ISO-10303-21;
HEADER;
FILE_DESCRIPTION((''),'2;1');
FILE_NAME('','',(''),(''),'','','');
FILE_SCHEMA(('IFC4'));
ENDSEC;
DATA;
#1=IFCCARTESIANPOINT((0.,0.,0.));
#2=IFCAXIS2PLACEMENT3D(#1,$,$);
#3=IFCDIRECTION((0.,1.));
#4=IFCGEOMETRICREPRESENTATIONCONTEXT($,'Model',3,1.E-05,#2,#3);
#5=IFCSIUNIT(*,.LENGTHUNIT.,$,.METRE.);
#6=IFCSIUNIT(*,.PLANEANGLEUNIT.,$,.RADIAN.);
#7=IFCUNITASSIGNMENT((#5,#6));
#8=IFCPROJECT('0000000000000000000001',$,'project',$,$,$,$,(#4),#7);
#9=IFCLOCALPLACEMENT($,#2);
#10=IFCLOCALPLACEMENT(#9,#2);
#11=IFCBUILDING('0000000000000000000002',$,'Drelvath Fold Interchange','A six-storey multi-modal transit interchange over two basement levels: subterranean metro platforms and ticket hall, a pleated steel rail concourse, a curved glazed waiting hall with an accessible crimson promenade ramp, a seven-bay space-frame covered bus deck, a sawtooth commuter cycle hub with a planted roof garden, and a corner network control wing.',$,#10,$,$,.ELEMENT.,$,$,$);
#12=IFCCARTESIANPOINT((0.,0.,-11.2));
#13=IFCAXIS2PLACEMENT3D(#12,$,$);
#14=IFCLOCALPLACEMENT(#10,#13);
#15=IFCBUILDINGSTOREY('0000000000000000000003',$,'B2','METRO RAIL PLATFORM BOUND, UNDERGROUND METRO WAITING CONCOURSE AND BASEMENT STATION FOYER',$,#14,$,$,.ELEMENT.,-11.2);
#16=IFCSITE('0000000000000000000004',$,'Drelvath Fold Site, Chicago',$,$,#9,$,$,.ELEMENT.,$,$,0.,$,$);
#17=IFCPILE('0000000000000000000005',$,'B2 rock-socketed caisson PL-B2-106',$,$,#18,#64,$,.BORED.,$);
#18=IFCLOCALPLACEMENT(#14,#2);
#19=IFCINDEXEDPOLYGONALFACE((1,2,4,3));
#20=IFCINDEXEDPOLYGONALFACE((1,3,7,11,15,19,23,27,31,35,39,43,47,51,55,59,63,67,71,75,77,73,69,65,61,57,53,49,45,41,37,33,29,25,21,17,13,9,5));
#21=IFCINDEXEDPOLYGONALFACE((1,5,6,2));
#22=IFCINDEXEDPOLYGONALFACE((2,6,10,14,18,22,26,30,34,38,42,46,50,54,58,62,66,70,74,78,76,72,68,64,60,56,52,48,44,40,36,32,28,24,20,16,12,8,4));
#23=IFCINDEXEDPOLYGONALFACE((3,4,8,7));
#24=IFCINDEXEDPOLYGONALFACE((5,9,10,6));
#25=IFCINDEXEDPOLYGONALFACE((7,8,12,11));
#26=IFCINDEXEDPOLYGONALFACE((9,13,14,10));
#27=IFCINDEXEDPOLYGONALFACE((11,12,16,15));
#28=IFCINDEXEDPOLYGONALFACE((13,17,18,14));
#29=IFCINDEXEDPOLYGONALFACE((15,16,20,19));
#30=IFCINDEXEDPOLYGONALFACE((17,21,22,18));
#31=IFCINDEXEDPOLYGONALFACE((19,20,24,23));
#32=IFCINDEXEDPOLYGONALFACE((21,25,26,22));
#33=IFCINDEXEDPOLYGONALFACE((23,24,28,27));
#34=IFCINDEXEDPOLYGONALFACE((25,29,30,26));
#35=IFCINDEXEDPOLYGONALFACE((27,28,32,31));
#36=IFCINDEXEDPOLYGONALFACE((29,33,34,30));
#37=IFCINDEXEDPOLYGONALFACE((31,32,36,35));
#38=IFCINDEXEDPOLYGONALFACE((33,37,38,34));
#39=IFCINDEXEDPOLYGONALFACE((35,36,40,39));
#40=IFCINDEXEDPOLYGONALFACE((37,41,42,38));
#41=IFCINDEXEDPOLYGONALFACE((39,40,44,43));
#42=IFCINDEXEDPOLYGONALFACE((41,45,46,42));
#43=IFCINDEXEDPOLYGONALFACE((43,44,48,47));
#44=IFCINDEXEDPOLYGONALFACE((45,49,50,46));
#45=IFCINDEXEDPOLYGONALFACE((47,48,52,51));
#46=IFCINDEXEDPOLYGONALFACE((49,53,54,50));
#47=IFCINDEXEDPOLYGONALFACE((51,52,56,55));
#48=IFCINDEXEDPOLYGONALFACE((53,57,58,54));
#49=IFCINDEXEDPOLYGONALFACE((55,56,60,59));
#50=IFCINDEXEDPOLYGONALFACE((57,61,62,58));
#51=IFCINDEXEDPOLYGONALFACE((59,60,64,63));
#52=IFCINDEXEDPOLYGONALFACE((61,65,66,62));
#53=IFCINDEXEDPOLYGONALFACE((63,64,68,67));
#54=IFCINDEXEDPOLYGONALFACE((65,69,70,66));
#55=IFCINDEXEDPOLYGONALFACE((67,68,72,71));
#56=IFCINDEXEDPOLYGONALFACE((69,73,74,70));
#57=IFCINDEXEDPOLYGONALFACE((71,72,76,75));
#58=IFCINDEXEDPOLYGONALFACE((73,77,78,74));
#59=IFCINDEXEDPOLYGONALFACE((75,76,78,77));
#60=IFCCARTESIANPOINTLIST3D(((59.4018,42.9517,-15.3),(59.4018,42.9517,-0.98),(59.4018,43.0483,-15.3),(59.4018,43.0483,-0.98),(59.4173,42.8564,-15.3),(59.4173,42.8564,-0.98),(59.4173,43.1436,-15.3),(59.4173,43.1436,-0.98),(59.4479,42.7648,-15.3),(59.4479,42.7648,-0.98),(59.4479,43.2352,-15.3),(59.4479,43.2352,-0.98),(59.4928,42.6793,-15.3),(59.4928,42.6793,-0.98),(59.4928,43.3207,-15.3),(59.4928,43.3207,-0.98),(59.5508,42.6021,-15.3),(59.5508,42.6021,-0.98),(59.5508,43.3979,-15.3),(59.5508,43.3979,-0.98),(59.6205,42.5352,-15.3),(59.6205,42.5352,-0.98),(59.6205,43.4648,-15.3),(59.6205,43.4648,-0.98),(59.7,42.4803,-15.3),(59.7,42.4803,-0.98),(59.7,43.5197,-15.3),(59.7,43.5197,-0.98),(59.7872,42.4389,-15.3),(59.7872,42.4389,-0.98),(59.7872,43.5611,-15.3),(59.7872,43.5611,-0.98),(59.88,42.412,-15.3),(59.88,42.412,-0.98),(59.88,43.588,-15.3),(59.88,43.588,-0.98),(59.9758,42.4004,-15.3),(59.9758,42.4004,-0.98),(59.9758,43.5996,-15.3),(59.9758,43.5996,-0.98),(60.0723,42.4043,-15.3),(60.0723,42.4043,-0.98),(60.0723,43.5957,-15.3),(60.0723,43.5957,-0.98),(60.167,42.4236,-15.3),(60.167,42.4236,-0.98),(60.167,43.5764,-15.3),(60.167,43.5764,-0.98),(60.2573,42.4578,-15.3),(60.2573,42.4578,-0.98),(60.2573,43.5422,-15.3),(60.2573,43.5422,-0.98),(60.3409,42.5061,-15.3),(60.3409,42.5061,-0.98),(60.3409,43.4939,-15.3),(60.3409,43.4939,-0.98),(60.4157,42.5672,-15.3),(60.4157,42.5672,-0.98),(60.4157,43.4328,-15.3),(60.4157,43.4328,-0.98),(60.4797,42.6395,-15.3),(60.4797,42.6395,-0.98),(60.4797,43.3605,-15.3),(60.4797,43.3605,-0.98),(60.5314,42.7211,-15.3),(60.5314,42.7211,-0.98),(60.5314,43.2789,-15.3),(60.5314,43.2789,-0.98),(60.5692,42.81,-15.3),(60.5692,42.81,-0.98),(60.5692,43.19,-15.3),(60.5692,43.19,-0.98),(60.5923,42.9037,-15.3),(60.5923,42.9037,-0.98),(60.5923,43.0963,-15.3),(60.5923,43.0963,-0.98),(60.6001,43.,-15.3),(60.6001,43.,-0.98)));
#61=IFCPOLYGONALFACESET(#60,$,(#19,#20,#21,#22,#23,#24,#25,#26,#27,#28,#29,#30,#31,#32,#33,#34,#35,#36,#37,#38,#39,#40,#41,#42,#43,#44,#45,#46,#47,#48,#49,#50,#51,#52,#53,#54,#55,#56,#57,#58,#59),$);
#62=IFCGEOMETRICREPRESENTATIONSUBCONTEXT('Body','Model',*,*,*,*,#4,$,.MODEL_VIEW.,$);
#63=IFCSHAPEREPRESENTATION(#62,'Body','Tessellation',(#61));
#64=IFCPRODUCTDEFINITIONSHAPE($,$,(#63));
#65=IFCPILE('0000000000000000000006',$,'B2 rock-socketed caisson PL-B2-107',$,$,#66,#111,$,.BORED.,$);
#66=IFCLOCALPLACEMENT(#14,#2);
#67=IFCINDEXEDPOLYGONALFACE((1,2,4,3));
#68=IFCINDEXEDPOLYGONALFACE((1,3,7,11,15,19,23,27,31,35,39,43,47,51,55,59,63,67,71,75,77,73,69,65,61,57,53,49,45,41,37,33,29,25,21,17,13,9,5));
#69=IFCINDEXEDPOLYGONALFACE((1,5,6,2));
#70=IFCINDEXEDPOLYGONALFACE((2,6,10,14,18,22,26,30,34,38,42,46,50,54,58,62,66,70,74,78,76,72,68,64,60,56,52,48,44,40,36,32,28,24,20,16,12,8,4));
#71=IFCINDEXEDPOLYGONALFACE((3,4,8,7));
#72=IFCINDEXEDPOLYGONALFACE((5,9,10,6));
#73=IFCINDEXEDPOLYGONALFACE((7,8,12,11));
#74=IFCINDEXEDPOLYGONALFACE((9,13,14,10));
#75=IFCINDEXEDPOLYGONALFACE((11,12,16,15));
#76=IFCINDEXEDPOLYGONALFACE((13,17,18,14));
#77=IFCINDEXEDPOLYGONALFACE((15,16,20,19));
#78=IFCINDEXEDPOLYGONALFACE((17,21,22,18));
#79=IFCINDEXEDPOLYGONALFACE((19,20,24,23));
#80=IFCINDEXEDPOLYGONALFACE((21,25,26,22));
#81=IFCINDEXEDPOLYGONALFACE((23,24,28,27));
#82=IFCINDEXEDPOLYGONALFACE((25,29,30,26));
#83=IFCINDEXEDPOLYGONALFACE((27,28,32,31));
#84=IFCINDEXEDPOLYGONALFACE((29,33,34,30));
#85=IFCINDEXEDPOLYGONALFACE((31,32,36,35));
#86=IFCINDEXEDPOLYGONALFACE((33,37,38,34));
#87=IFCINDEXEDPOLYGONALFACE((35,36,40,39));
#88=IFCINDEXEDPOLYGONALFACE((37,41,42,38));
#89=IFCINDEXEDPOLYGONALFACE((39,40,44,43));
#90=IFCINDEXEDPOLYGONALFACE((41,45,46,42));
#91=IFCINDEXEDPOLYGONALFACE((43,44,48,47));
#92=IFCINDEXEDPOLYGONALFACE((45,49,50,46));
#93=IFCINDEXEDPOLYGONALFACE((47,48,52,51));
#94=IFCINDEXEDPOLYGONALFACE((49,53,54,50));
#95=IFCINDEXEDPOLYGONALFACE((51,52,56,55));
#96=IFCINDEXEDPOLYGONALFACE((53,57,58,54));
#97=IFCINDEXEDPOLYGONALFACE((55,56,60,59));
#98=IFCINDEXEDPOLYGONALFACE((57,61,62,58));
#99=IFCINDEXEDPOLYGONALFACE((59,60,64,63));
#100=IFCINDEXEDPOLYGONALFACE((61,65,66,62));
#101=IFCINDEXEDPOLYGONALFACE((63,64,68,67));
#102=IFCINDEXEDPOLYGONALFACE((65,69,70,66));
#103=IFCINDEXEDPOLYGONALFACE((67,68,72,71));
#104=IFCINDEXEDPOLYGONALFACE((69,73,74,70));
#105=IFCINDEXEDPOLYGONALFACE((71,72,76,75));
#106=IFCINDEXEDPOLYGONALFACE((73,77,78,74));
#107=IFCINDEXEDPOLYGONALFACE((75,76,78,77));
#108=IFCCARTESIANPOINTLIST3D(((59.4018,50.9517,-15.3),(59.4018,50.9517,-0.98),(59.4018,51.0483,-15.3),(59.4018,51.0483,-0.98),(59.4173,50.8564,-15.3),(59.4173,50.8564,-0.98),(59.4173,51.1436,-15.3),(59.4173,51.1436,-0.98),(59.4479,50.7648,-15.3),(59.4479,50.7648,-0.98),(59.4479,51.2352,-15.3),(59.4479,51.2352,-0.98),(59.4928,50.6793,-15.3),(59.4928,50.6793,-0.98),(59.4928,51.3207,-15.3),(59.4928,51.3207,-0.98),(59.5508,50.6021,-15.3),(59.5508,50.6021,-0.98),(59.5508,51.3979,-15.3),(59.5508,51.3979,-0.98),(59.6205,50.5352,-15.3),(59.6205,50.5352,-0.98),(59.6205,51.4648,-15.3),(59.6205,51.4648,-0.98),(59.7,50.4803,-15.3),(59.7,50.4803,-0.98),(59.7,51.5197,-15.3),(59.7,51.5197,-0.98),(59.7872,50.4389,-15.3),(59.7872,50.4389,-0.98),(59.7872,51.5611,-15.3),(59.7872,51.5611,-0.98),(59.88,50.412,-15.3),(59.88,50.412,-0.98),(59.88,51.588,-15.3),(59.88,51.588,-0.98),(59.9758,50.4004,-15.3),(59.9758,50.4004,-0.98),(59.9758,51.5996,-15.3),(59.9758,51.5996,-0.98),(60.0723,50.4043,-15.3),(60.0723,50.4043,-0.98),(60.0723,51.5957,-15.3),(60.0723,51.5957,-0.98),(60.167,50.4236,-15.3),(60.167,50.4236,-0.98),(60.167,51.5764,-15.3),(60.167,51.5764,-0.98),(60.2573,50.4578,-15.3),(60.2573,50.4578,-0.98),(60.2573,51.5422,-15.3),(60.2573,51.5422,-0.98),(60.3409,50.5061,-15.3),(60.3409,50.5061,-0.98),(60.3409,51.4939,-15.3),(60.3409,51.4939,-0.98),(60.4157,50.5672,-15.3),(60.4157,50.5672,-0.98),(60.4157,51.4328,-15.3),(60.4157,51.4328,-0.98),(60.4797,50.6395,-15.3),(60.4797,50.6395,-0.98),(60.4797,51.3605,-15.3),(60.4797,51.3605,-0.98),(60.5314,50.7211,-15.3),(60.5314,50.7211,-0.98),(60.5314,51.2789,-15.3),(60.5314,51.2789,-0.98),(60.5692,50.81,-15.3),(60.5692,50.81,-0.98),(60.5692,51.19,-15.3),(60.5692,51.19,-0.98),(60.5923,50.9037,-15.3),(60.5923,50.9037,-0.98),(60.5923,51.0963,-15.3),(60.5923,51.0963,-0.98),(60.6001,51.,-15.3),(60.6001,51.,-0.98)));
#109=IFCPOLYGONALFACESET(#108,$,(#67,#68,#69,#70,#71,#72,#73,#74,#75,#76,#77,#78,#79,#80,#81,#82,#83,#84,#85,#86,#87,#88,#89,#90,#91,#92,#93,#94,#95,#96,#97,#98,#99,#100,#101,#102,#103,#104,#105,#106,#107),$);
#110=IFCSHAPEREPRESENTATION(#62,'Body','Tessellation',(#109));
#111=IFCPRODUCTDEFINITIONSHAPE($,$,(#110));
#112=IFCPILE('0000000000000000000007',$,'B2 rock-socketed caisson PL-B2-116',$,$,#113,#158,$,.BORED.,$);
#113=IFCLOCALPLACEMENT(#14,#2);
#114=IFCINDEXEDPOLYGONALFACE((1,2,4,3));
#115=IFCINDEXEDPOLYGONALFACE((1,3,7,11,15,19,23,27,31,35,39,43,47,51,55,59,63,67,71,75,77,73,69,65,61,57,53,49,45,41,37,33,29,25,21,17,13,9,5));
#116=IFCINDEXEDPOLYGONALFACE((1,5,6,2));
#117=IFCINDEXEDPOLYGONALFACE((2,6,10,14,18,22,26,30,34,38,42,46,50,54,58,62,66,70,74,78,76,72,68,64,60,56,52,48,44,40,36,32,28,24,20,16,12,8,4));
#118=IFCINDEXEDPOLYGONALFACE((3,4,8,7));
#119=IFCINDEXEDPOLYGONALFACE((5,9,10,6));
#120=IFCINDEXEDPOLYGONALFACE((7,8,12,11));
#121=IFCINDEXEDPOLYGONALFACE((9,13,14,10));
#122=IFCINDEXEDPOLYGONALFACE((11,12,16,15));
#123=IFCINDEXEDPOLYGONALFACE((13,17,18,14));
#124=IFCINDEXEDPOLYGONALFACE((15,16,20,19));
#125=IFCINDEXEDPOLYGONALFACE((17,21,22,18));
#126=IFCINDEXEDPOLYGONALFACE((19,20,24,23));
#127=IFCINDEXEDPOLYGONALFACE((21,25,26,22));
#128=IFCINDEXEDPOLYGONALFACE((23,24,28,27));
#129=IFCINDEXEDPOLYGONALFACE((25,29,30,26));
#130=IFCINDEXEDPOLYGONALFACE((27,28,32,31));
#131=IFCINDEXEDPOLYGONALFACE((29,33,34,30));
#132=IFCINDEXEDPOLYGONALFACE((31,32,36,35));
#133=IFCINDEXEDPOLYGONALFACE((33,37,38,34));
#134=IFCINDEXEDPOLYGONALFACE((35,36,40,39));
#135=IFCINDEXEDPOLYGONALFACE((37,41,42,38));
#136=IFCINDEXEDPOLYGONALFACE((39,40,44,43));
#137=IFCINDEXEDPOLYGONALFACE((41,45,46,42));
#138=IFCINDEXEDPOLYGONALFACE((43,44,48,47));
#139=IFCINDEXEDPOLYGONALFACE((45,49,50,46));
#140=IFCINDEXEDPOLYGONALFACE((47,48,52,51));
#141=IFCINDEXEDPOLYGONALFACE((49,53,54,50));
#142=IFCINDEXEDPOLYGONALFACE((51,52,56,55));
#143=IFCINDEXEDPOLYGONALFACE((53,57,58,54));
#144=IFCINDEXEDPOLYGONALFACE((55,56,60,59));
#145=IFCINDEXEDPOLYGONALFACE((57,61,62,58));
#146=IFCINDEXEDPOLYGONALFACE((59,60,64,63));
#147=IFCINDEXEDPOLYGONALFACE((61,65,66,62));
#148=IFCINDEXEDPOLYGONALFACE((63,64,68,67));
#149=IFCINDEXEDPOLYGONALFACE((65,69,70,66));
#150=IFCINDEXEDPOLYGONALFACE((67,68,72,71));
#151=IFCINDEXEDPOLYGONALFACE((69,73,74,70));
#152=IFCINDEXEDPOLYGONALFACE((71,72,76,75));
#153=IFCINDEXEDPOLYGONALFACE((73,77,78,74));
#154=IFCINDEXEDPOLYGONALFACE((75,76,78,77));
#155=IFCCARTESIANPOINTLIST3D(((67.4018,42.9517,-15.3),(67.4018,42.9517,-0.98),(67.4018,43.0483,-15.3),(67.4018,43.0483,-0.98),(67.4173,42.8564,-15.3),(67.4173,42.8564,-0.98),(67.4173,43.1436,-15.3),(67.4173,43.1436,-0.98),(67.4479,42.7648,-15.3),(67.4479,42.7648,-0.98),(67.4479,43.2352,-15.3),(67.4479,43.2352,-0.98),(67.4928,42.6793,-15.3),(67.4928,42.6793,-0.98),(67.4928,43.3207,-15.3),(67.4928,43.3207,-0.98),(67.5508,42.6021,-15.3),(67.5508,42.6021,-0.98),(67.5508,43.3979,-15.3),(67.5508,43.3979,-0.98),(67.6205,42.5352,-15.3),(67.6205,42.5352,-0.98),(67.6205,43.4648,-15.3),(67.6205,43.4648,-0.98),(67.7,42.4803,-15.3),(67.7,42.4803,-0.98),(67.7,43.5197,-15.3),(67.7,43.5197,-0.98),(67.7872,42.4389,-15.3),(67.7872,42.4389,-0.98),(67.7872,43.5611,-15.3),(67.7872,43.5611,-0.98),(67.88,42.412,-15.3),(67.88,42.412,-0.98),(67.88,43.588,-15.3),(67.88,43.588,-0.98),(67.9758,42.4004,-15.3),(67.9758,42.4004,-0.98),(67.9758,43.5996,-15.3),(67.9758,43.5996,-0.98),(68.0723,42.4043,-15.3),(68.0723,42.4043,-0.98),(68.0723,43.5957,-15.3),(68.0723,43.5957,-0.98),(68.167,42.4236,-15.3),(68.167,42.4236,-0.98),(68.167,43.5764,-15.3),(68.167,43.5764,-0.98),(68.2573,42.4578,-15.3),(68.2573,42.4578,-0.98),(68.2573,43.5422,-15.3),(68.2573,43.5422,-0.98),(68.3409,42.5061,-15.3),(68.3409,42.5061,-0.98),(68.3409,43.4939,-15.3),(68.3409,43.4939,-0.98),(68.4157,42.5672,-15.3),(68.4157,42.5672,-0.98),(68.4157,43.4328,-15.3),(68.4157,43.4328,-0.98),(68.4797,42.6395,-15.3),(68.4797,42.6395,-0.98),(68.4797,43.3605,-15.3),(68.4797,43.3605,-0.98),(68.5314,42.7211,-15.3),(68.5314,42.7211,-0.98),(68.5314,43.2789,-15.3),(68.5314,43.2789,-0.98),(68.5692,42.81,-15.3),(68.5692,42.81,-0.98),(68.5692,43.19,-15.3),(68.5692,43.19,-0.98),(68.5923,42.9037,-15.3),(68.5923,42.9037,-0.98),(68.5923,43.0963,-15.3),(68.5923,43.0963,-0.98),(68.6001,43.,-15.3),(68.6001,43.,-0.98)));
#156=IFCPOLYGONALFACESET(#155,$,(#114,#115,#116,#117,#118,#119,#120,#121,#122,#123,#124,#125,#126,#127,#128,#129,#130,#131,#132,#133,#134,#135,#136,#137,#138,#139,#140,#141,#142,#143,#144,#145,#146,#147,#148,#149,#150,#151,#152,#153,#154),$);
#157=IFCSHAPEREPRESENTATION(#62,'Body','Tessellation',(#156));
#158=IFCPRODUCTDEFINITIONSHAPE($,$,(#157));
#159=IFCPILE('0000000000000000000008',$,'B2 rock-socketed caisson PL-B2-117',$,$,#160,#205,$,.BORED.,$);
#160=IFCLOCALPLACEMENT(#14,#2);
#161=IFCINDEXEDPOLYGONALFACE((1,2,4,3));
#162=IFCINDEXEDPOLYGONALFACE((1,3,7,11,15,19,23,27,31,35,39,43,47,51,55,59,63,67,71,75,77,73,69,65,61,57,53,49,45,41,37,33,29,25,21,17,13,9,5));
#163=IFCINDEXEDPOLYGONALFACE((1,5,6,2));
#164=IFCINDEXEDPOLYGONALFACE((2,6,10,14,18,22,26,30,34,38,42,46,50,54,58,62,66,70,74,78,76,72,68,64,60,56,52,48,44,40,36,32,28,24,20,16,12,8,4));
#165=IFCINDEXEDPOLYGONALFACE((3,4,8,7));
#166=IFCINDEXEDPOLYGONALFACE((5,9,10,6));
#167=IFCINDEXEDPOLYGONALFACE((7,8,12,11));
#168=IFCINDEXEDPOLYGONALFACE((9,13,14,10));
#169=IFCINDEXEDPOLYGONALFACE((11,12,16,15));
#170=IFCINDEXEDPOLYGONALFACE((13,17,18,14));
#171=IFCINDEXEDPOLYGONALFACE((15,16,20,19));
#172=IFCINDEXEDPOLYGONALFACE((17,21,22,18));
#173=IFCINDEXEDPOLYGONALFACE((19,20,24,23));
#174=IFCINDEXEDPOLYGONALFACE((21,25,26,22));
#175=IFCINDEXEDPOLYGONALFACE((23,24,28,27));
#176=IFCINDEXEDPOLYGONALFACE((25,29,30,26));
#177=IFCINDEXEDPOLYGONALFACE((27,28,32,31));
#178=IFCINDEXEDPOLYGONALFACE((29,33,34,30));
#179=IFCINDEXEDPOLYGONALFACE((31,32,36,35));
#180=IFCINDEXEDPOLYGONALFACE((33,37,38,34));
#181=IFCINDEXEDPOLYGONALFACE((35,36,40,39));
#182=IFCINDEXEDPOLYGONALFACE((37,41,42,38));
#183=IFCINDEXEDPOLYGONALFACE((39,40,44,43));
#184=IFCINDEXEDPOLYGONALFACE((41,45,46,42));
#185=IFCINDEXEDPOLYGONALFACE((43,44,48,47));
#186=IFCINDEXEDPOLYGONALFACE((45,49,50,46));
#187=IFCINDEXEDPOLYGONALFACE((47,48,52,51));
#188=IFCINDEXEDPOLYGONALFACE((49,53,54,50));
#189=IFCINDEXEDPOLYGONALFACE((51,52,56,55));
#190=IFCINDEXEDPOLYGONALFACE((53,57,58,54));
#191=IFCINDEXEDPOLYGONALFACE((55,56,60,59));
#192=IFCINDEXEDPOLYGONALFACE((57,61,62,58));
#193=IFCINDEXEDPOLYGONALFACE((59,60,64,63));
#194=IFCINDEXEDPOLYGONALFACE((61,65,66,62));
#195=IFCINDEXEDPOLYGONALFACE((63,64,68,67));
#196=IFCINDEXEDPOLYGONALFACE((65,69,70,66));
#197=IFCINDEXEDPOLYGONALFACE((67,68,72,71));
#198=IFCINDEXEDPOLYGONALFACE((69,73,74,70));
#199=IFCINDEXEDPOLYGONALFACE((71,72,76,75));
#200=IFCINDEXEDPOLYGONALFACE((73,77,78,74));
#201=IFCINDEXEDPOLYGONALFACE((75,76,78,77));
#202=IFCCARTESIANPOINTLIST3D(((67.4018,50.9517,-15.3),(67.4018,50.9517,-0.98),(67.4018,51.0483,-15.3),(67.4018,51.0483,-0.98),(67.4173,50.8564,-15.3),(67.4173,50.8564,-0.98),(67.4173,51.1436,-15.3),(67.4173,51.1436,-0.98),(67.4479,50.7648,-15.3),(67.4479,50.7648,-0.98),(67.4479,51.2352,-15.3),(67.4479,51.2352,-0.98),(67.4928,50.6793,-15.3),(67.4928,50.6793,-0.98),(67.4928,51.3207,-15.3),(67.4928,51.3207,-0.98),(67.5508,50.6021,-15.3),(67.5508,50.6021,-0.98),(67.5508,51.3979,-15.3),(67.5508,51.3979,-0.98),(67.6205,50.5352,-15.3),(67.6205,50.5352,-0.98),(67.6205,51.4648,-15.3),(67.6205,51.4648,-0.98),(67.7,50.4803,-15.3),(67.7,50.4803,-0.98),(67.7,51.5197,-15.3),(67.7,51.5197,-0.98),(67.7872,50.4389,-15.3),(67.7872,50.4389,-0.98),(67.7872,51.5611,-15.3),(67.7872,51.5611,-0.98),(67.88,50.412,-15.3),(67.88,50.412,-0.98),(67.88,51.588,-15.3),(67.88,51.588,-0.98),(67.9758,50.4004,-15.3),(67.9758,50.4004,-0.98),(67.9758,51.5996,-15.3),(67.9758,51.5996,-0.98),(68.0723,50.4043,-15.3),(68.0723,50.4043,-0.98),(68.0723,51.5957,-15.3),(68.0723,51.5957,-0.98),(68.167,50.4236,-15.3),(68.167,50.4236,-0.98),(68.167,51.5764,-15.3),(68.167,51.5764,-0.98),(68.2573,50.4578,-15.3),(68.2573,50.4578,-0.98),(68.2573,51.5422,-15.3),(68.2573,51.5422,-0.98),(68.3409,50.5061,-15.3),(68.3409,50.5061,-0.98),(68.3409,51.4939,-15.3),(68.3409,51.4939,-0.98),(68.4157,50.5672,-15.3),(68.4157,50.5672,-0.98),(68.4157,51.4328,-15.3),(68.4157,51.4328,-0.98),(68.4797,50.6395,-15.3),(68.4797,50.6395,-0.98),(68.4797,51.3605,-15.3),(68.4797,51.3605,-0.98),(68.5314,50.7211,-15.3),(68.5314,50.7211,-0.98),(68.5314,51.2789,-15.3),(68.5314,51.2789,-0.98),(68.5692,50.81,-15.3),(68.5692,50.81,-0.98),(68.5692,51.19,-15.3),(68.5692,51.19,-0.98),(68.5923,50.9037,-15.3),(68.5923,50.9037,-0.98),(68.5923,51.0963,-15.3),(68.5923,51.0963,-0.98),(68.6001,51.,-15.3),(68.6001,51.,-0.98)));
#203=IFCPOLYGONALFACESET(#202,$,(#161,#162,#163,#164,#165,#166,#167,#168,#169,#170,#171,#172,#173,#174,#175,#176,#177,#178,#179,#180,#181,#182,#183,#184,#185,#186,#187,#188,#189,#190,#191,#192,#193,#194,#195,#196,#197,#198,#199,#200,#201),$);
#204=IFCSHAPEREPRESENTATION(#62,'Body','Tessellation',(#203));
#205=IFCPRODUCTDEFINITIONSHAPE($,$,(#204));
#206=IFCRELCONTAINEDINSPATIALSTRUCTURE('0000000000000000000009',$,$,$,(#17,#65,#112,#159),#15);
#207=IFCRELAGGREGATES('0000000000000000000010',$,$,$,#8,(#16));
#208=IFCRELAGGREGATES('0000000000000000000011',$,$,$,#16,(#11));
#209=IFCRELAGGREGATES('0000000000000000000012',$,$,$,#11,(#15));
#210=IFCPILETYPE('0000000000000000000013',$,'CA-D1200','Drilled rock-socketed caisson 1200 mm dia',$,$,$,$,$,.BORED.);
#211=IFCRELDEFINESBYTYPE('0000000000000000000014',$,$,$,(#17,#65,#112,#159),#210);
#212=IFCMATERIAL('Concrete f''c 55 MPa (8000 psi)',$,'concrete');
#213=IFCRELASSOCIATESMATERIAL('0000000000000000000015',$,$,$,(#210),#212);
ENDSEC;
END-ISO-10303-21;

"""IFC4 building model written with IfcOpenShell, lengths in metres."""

from ifc_helpers import new_model, si_unit, direction, frame, origin, origin_2d, place, context, subcontext, project, spatial, circle, extrude, material, material_profile, profile_set, type_object, element, save


model = new_model("IFC4")

# Units and contexts
model_context = context("Model", 3, precision=1e-05, world=origin(), true_north=direction((0.0, 1.0)))
body_context = subcontext(model_context, "Body", "Model", "MODEL_VIEW")
ifc_project = project(units=[si_unit("LENGTHUNIT", "METRE"), si_unit("PLANEANGLEUNIT", "RADIAN")], contexts=[model_context])

# Site, building, storey
site_placement = place(None, origin())
site = spatial("IfcSite", under=ifc_project, at=site_placement, Name="Drelvath Fold Site, Chicago", CompositionType="ELEMENT", RefElevation=0.0)
building_placement = place(site_placement, origin())
building = spatial("IfcBuilding", under=site, at=building_placement, Name="Drelvath Fold Interchange", Description="A six-storey multi-modal transit interchange over two basement levels: subterranean metro platforms and ticket hall, a pleated steel rail concourse, a curved glazed waiting hall with an accessible crimson promenade ramp, a seven-bay space-frame covered bus deck, a sawtooth commuter cycle hub with a planted roof garden, and a corner network control wing.", CompositionType="ELEMENT")
storey_placement = place(building_placement, frame((0.0, 0.0, -11.2)))
storey = spatial("IfcBuildingStorey", under=building, at=storey_placement, Name="B2", Description="METRO RAIL PLATFORM BOUND, UNDERGROUND METRO WAITING CONCOURSE AND BASEMENT STATION FOYER", CompositionType="ELEMENT", Elevation=-11.2)

# Piles
ifc_material_1 = material(Name="Concrete f'c 55 MPa (8000 psi)", Category="concrete")
ifc_material_profile_1 = material_profile(ifc_material_1, circle(Radius=0.6001, at=origin_2d()), Name="CAISSON D1200")
ifc_profile_set_1 = profile_set([ifc_material_profile_1], Name="Concrete f'c 55 MPa (8000 psi)")
pile_type = type_object("IfcPileType", Name="CA-D1200", Description="Drilled rock-socketed caisson 1200 mm dia", PredefinedType="BORED", material=ifc_profile_set_1)
for number, where, z_axis, x_axis, name in (
    (1, (60.0, 43.0, -0.98), (0.0, 0.0, -1.0), (1.0, 0.0, 0.0), "B2 rock-socketed caisson PL-B2-106"),
    (2, (60.0, 51.0, -0.98), (0.0, 0.0, -1.0), (1.0, 0.0, 0.0), "B2 rock-socketed caisson PL-B2-107"),
    (3, (68.0, 43.0, -0.98), (0.0, 0.0, -1.0), (1.0, 0.0, 0.0), "B2 rock-socketed caisson PL-B2-116"),
    (4, (68.0, 51.0, -0.98), (0.0, 0.0, -1.0), (1.0, 0.0, 0.0), "B2 rock-socketed caisson PL-B2-117"),
):
    element("IfcPile", number, at=place(storey_placement, frame(where, z_axis=z_axis, x_axis=x_axis)), inside=storey, type_object=pile_type, Name=name, PredefinedType="BORED", context=body_context, shape_type="SweptSolid", body=[
        extrude(circle(Radius=0.6001, at=origin_2d()), origin(), (0.0, 0.0, 1.0), 14.3201),
    ])

save(model, "model.ifc")
